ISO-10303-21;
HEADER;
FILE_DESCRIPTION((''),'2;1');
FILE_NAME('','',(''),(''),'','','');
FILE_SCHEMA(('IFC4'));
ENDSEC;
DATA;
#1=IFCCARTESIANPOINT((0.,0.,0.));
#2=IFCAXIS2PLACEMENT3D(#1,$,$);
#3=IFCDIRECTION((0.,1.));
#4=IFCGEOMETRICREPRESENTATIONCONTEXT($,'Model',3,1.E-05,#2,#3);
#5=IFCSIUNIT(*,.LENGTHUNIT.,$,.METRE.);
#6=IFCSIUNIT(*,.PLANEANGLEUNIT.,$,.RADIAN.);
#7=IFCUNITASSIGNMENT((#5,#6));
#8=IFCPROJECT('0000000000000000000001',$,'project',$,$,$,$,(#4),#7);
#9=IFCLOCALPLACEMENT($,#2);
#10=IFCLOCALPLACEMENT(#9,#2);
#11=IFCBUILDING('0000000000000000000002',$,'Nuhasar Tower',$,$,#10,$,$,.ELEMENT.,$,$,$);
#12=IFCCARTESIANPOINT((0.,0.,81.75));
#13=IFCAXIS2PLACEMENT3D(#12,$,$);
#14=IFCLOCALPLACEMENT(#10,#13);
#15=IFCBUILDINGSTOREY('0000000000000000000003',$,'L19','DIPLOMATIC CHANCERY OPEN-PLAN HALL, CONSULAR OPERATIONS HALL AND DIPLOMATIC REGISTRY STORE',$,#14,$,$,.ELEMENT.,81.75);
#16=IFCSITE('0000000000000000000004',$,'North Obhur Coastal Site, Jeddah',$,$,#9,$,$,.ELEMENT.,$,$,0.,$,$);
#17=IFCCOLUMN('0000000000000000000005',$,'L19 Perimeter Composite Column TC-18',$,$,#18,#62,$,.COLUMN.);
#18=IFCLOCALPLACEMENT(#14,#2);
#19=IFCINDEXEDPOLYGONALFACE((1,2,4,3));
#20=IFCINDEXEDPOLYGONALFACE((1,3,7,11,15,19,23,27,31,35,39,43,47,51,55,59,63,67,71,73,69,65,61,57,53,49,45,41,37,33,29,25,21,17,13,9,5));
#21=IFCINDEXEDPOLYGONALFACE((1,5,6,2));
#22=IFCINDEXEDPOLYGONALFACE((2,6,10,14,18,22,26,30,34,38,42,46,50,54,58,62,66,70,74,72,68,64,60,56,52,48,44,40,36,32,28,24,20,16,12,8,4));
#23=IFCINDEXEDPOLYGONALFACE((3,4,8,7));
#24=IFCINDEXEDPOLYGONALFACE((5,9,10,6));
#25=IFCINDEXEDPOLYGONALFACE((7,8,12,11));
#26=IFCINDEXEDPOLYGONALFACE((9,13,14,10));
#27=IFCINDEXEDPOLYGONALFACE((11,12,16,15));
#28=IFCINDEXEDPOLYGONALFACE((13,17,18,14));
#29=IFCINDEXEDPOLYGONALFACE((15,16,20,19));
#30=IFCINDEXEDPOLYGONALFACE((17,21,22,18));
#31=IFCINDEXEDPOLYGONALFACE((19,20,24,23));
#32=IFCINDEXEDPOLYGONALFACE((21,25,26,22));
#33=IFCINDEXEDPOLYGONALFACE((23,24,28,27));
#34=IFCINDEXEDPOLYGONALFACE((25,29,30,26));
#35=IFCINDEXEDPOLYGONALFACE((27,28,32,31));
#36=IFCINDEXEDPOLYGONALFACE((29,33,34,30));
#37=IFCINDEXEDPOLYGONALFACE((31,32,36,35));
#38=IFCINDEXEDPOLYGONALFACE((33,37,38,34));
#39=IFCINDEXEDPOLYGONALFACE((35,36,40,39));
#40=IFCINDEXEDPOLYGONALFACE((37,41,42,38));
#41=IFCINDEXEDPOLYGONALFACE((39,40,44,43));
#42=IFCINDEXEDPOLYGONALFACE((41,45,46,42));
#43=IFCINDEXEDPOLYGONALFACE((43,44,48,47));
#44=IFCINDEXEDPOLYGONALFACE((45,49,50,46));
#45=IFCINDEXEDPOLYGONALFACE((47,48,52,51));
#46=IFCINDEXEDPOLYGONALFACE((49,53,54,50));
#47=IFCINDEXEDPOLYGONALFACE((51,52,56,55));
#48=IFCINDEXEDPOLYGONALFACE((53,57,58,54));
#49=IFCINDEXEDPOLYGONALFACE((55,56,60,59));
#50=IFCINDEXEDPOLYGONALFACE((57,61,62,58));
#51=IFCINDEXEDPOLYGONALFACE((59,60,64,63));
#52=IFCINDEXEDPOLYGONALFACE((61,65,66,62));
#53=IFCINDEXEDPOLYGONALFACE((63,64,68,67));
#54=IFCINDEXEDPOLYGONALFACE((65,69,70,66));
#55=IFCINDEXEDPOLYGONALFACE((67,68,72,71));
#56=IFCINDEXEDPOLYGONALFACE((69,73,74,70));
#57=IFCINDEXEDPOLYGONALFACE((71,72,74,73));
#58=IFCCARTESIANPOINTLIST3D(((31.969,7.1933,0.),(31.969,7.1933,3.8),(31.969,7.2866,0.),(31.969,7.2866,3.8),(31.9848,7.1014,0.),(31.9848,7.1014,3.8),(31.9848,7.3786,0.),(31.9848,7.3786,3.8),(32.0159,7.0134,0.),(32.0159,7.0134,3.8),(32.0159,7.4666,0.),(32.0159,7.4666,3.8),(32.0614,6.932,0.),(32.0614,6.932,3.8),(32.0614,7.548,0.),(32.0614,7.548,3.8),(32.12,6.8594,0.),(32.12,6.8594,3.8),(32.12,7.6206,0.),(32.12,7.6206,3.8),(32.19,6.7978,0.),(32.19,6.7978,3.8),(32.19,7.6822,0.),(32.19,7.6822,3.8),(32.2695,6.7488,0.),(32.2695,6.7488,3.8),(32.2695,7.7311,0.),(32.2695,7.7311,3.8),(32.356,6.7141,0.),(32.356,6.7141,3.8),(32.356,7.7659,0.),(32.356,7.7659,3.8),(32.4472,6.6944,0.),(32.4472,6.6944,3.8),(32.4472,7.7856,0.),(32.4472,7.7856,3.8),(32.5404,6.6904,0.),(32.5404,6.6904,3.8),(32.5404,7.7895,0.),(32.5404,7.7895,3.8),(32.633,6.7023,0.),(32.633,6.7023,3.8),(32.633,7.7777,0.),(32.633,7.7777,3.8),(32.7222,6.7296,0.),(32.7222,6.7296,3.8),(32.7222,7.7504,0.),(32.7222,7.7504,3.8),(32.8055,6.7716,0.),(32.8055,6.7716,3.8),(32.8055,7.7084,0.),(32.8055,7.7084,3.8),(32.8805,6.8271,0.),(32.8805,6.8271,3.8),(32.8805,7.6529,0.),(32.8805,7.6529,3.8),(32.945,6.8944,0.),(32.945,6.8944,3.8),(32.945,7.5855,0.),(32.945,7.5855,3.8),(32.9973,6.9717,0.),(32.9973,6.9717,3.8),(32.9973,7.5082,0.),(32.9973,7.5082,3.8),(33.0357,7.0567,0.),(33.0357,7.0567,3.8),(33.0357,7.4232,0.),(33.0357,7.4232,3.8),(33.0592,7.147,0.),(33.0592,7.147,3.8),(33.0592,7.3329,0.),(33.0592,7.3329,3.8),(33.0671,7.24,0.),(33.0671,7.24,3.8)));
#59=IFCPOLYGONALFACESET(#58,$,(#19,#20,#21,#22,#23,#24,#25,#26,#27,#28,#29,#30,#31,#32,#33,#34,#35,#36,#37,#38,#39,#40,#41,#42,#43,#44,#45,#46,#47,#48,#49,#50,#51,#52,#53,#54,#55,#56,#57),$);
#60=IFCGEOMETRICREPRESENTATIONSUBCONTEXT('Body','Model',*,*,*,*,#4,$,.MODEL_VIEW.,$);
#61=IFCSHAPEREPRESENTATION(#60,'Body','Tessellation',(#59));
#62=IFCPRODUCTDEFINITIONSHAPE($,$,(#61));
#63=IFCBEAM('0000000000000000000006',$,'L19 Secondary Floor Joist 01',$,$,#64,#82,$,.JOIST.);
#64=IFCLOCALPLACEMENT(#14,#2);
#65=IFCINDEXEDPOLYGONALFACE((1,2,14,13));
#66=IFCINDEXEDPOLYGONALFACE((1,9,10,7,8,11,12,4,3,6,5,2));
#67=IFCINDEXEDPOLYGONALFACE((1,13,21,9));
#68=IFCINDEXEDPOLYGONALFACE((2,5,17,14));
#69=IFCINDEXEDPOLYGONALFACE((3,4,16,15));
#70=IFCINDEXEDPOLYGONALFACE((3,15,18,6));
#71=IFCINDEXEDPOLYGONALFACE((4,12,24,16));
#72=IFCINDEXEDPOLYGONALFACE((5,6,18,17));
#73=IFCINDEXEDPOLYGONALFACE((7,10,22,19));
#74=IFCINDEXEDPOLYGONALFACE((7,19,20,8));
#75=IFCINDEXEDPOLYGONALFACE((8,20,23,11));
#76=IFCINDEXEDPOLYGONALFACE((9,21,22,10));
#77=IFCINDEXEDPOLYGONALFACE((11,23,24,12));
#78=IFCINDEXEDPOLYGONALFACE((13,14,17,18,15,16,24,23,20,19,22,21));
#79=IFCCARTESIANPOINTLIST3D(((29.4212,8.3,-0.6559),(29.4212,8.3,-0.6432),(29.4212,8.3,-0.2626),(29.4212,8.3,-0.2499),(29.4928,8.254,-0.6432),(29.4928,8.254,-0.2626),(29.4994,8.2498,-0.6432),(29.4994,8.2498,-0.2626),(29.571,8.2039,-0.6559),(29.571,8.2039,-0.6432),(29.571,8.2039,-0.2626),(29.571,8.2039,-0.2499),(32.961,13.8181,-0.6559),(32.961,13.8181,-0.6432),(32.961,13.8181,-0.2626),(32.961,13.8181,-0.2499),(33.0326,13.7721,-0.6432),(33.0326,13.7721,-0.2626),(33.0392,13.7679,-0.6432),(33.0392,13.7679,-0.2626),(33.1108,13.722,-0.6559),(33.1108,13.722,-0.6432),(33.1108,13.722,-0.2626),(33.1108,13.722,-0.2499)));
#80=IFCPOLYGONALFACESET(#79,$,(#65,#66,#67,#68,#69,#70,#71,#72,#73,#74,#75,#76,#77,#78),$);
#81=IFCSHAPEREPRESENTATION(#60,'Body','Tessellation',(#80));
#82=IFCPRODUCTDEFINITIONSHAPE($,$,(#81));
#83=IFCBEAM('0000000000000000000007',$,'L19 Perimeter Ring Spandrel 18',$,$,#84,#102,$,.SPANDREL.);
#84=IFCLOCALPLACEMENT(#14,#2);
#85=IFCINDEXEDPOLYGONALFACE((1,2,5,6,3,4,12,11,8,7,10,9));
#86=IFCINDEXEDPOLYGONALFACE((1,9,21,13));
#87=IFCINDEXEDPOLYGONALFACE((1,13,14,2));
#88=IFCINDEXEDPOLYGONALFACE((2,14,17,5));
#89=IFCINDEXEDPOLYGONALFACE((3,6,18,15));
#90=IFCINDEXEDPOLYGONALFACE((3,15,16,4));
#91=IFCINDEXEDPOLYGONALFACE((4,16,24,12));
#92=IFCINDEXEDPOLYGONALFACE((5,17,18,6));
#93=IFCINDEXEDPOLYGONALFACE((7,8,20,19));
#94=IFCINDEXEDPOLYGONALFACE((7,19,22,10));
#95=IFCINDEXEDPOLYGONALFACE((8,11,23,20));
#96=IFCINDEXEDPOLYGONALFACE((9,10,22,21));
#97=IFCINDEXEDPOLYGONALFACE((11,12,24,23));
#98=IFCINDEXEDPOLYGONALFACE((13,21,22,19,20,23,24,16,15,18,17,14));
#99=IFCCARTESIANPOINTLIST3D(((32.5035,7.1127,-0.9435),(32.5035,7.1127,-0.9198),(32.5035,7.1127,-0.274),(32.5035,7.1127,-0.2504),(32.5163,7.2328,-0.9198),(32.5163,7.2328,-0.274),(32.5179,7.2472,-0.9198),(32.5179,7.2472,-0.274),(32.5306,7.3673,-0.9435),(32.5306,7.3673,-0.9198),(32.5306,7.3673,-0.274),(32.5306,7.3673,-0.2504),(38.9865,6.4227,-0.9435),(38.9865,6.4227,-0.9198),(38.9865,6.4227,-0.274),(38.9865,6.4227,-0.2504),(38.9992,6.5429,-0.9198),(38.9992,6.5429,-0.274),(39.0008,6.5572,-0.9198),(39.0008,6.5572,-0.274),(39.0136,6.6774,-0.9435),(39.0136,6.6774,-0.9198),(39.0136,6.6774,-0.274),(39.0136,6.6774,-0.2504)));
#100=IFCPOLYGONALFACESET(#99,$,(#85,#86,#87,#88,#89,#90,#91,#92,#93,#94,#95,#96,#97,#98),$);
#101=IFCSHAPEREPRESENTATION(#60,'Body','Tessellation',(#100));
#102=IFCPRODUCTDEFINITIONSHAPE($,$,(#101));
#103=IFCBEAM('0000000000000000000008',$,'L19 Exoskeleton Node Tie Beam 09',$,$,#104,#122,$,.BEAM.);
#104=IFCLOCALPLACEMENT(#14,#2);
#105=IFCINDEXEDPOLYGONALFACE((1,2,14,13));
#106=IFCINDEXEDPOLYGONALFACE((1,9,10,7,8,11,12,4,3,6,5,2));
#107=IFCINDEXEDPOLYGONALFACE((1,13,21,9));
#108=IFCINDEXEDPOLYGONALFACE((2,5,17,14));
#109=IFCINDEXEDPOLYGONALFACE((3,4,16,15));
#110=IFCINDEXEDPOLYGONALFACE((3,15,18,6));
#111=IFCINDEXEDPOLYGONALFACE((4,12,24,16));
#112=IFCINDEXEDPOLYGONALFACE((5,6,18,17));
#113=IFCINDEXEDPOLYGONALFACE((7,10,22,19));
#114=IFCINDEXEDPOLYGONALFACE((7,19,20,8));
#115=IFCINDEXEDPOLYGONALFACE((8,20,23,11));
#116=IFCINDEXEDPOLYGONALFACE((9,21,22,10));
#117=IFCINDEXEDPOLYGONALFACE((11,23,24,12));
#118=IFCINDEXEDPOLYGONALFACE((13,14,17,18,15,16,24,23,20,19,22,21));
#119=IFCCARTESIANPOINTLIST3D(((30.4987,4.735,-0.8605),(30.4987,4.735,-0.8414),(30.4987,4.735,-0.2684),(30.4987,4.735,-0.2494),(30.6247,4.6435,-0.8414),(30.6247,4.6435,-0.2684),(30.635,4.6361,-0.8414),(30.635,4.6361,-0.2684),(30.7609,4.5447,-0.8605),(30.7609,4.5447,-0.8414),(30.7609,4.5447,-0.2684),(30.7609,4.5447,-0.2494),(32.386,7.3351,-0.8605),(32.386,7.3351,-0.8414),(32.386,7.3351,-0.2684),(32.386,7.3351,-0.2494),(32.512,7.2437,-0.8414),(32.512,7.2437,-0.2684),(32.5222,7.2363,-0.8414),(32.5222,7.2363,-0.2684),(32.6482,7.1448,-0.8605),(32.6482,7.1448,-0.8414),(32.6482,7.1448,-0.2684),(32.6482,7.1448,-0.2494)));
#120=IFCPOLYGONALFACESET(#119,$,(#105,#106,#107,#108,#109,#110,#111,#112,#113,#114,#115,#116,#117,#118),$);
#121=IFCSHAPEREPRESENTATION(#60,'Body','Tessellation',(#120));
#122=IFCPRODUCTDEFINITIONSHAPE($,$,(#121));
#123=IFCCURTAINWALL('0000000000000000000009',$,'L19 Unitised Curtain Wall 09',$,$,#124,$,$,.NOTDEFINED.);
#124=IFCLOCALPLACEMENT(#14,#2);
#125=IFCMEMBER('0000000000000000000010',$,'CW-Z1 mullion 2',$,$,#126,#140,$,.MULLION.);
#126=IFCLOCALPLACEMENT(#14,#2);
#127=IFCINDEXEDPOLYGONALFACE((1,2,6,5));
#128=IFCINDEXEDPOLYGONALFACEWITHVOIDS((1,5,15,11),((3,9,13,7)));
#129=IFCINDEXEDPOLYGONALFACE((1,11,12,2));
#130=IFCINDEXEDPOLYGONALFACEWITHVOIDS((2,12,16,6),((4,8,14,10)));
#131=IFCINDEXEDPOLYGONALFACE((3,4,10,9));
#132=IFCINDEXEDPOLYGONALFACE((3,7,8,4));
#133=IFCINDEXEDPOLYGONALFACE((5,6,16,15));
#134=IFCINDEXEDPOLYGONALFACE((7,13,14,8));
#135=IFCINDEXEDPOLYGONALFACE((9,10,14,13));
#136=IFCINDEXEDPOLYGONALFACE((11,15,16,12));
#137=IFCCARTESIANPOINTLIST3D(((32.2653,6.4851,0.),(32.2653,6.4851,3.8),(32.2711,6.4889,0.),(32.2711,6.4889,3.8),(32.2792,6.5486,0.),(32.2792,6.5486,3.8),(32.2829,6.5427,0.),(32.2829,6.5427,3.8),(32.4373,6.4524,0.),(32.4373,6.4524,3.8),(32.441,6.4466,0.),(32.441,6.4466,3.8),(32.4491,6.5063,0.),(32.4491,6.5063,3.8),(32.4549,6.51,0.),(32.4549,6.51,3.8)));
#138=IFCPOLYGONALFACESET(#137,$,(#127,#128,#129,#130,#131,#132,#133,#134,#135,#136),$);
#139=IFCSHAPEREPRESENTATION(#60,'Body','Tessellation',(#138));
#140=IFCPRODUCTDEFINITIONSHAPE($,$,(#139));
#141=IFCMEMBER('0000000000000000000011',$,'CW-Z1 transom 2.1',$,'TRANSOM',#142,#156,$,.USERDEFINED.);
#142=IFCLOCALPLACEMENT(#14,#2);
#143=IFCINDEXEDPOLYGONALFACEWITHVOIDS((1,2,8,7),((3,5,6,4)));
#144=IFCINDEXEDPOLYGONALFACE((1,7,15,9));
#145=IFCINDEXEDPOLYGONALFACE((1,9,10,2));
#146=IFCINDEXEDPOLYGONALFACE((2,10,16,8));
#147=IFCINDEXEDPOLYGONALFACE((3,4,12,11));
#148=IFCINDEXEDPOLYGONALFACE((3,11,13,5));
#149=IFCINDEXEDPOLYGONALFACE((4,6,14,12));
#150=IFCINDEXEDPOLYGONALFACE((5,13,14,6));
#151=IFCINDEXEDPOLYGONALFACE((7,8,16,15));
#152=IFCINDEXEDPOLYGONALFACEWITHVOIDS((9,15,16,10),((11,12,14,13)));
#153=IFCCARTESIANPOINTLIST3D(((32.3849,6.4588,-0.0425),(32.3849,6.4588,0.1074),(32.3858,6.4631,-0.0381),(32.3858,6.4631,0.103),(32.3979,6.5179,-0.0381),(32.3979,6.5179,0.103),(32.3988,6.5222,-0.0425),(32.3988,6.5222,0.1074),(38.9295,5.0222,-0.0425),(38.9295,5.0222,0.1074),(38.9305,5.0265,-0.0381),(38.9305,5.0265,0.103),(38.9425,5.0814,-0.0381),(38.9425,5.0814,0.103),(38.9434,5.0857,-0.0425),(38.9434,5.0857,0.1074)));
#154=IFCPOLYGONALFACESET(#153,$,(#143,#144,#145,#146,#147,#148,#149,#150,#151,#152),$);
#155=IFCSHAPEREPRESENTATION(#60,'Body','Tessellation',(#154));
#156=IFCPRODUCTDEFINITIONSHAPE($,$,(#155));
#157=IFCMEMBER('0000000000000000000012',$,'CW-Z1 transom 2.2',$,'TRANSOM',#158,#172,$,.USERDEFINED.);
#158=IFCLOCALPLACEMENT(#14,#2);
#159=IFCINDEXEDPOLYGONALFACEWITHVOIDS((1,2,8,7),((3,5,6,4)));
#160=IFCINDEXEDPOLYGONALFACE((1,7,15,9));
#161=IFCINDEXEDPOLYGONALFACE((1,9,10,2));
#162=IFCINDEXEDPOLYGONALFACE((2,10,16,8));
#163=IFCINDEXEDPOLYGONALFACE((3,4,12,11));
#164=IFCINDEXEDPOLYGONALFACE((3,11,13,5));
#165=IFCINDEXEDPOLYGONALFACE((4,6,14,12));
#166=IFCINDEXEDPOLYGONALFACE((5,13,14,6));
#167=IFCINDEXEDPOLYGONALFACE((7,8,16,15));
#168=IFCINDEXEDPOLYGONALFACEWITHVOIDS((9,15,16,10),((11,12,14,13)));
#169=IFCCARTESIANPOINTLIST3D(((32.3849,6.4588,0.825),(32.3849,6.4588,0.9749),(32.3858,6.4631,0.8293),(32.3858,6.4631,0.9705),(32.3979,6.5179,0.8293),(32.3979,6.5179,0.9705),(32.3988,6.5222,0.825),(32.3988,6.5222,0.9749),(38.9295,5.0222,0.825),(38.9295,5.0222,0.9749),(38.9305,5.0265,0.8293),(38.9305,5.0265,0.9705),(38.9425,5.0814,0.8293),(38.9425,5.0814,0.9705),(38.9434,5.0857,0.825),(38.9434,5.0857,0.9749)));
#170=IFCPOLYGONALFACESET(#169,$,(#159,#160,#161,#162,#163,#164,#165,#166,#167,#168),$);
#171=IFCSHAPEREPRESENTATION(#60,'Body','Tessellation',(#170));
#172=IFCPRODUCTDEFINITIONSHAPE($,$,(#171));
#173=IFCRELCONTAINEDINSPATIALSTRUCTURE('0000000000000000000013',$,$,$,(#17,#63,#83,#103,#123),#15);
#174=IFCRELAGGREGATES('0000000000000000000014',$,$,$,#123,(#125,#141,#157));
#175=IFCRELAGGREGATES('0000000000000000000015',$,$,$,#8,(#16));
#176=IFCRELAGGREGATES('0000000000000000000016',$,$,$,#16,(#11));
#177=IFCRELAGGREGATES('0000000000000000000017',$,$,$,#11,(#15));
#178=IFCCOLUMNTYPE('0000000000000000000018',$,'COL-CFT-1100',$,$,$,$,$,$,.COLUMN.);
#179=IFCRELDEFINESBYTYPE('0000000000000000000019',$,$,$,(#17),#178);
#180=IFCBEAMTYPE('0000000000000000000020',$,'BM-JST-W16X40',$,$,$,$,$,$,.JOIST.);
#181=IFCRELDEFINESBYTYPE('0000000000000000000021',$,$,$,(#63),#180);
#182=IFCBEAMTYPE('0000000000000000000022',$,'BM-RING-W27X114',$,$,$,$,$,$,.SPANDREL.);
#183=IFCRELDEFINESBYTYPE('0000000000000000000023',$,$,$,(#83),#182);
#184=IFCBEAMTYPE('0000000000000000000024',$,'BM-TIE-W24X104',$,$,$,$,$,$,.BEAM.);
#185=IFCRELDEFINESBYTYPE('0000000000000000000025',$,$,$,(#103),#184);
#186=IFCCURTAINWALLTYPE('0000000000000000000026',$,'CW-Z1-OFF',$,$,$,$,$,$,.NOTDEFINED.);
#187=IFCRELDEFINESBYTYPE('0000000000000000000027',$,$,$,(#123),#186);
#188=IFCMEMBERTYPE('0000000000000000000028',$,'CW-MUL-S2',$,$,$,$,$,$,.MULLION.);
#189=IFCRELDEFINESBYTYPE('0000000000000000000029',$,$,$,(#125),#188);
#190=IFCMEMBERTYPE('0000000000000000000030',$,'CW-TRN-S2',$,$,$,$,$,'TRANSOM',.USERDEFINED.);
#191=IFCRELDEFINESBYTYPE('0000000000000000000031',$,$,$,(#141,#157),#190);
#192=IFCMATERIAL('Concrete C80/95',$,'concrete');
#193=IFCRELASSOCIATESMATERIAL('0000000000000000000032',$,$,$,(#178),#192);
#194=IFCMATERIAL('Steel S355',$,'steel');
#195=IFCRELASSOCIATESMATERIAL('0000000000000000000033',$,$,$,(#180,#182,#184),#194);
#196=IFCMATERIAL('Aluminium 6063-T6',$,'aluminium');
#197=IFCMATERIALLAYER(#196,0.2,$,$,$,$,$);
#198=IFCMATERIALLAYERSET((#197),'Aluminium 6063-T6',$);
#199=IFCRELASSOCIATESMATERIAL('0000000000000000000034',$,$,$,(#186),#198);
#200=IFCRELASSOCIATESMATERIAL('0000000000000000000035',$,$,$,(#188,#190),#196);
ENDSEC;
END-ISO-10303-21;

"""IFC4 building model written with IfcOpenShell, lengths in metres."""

from ifc_helpers import new_model, si_unit, direction, frame, origin, origin_2d, place, context, subcontext, project, spatial, hollow_rectangle, circle, i_section, extrude, material, layer, layer_set, material_profile, profile_set, type_object, element, aggregate, save


model = new_model("IFC4")

# Units and contexts
model_context = context("Model", 3, precision=1e-05, world=origin(), true_north=direction((0.0, 1.0)))
body_context = subcontext(model_context, "Body", "Model", "MODEL_VIEW")
ifc_project = project(units=[si_unit("LENGTHUNIT", "METRE"), si_unit("PLANEANGLEUNIT", "RADIAN")], contexts=[model_context])

# Site, building, storey
site_placement = place(None, origin())
site = spatial("IfcSite", under=ifc_project, at=site_placement, Name="North Obhur Coastal Site, Jeddah", CompositionType="ELEMENT", RefElevation=0.0)
building_placement = place(site_placement, origin())
building = spatial("IfcBuilding", under=site, at=building_placement, Name="Nuhasar Tower", CompositionType="ELEMENT")
storey_placement = place(building_placement, frame((0.0, 0.0, 81.75)))
storey = spatial("IfcBuildingStorey", under=building, at=storey_placement, Name="L19", Description="DIPLOMATIC CHANCERY OPEN-PLAN HALL, CONSULAR OPERATIONS HALL AND DIPLOMATIC REGISTRY STORE", CompositionType="ELEMENT", Elevation=81.75)

# Column
ifc_material_1 = material(Name="Concrete C80/95", Category="concrete")
ifc_material_profile_1 = material_profile(ifc_material_1, circle(Radius=0.55, at=origin_2d()), Name="CFT1100")
ifc_profile_set_1 = profile_set([ifc_material_profile_1], Name="Concrete C80/95")
column_type = type_object("IfcColumnType", Name="COL-CFT-1100", PredefinedType="COLUMN", material=ifc_profile_set_1)
column_placement = place(storey_placement, frame((32.5171, 7.24, 0.0), z_axis=(0.0, 0.0, 1.0), x_axis=(1.0, 0.0, 0.0)))
element("IfcColumn", 1, at=column_placement, inside=storey, type_object=column_type, Name="L19 Perimeter Composite Column TC-18", PredefinedType="COLUMN", context=body_context, shape_type="SweptSolid", body=[
    extrude(circle(Radius=0.55, at=origin_2d()), origin(), (0.0, 0.0, 1.0), 3.8),
])

# Beams
ifc_material_2 = material(Name="Steel S355", Category="steel")
ifc_material_profile_2 = material_profile(ifc_material_2, i_section(OverallWidth=0.178, OverallDepth=0.406, WebThickness=0.0078, FlangeThickness=0.0127, at=origin_2d()), Name="W16X40")
ifc_profile_set_2 = profile_set([ifc_material_profile_2], Name="Steel S355")
beam_type_1 = type_object("IfcBeamType", Name="BM-JST-W16X40", PredefinedType="JOIST", material=ifc_profile_set_2)
beam_1_placement = place(storey_placement, frame((33.0359, 13.77, -0.4529), z_axis=(-0.539944, -0.841701, 0.0), x_axis=(0.841701, -0.539944, 0.0)))
element("IfcBeam", 2, at=beam_1_placement, inside=storey, type_object=beam_type_1, Name="L19 Secondary Floor Joist 01", PredefinedType="JOIST", context=body_context, shape_type="SweptSolid", body=[
    extrude(i_section(OverallWidth=0.178, OverallDepth=0.406, WebThickness=0.0078, FlangeThickness=0.0127, at=origin_2d()), origin(), (0.0, 0.0, 1.0), 6.5559),
])
ifc_material_profile_3 = material_profile(ifc_material_2, i_section(OverallWidth=0.2561, OverallDepth=0.6931, WebThickness=0.0144, FlangeThickness=0.0237, at=origin_2d()), Name="W27X114")
ifc_profile_set_3 = profile_set([ifc_material_profile_3], Name="Steel S355")
beam_type_2 = type_object("IfcBeamType", Name="BM-RING-W27X114", PredefinedType="SPANDREL", material=ifc_profile_set_3)
beam_2_placement = place(storey_placement, frame((32.5171, 7.24, -0.5969), z_axis=(0.994385, -0.105827, 0.0), x_axis=(0.105827, 0.994385, 0.0)))
element("IfcBeam", 3, at=beam_2_placement, inside=storey, type_object=beam_type_2, Name="L19 Perimeter Ring Spandrel 18", PredefinedType="SPANDREL", context=body_context, shape_type="SweptSolid", body=[
    extrude(i_section(OverallWidth=0.2561, OverallDepth=0.6931, WebThickness=0.0144, FlangeThickness=0.0237, at=origin_2d()), origin(), (0.0, 0.0, 1.0), 6.5195),
])
ifc_material_profile_4 = material_profile(ifc_material_2, i_section(OverallWidth=0.324, OverallDepth=0.6111, WebThickness=0.0127, FlangeThickness=0.019, at=origin_2d()), Name="W24X104")
ifc_profile_set_4 = profile_set([ifc_material_profile_4], Name="Steel S355")
beam_type_3 = type_object("IfcBeamType", Name="BM-TIE-W24X104", PredefinedType="BEAM", material=ifc_profile_set_4)
beam_3_placement = place(storey_placement, frame((32.5171, 7.24, -0.5549), z_axis=(-0.587403, -0.809294, 0.0), x_axis=(0.809294, -0.587403, 0.0)))
element("IfcBeam", 4, at=beam_3_placement, inside=storey, type_object=beam_type_3, Name="L19 Exoskeleton Node Tie Beam 09", PredefinedType="BEAM", context=body_context, shape_type="SweptSolid", body=[
    extrude(i_section(OverallWidth=0.324, OverallDepth=0.6111, WebThickness=0.0127, FlangeThickness=0.019, at=origin_2d()), origin(), (0.0, 0.0, 1.0), 3.2129),
])

# Curtain wall, members
ifc_material_3 = material(Name="Aluminium 6063-T6", Category="aluminium")
ifc_layer_1 = layer(ifc_material_3, 0.2)
ifc_layer_set_1 = layer_set([ifc_layer_1], Name="Aluminium 6063-T6")
curtain_wall_type = type_object("IfcCurtainWallType", Name="CW-Z1-OFF", PredefinedType="NOTDEFINED", material=ifc_layer_set_1)
curtain_wall_placement = place(storey_placement, origin())
curtain_wall = element("IfcCurtainWall", 5, at=curtain_wall_placement, inside=storey, type_object=curtain_wall_type, Name="L19 Unitised Curtain Wall 09", PredefinedType="NOTDEFINED")
ifc_material_profile_5 = material_profile(ifc_material_3, hollow_rectangle(XDim=0.0649, YDim=0.1799, WallThickness=0.0049, at=origin_2d()), Name="CWM-2")
ifc_profile_set_5 = profile_set([ifc_material_profile_5], Name="Aluminium 6063-T6")
member_type_1 = type_object("IfcMemberType", Name="CW-MUL-S2", PredefinedType="MULLION", material=ifc_profile_set_5)
member_1_placement = place(storey_placement, frame((32.3601, 6.4976, 0.0), z_axis=(0.0, 0.0, 1.0), x_axis=(0.214399, 0.976746, 0.0)))
member_1 = element("IfcMember", 6, at=member_1_placement, type_object=member_type_1, Name="CW-Z1 mullion 2", PredefinedType="MULLION", context=body_context, shape_type="SweptSolid", body=[
    extrude(hollow_rectangle(XDim=0.0649, YDim=0.1799, WallThickness=0.0049, at=origin_2d()), origin(), (0.0, 0.0, 1.0), 3.8),
])
ifc_material_profile_6 = material_profile(ifc_material_3, hollow_rectangle(XDim=0.0649, YDim=0.1499, WallThickness=0.0044, at=origin_2d()), Name="CWT-2")
ifc_profile_set_6 = profile_set([ifc_material_profile_6], Name="Aluminium 6063-T6")
member_type_2 = type_object("IfcMemberType", Name="CW-TRN-S2", ElementType="TRANSOM", PredefinedType="USERDEFINED", material=ifc_profile_set_6)
member_2_placement = place(storey_placement, frame((32.3918, 6.4905, 0.0325), z_axis=(0.976748, -0.214391, 0.0), x_axis=(0.214391, 0.976748, 0.0)))
member_2 = element("IfcMember", 7, at=member_2_placement, type_object=member_type_2, Name="CW-Z1 transom 2.1", ObjectType="TRANSOM", PredefinedType="USERDEFINED", context=body_context, shape_type="SweptSolid", body=[
    extrude(hollow_rectangle(XDim=0.0649, YDim=0.1499, WallThickness=0.0044, at=origin_2d()), origin(), (0.0, 0.0, 1.0), 6.7004),
])
member_3_placement = place(storey_placement, frame((32.3918, 6.4905, 0.8999), z_axis=(0.976748, -0.214391, 0.0), x_axis=(0.214391, 0.976748, 0.0)))
member_3 = element("IfcMember", 8, at=member_3_placement, type_object=member_type_2, Name="CW-Z1 transom 2.2", ObjectType="TRANSOM", PredefinedType="USERDEFINED", context=body_context, shape_type="SweptSolid", body=[
    extrude(hollow_rectangle(XDim=0.0649, YDim=0.1499, WallThickness=0.0044, at=origin_2d()), origin(), (0.0, 0.0, 1.0), 6.7004),
])

aggregate(curtain_wall, [member_1, member_2, member_3])

save(model, "model.ifc")
